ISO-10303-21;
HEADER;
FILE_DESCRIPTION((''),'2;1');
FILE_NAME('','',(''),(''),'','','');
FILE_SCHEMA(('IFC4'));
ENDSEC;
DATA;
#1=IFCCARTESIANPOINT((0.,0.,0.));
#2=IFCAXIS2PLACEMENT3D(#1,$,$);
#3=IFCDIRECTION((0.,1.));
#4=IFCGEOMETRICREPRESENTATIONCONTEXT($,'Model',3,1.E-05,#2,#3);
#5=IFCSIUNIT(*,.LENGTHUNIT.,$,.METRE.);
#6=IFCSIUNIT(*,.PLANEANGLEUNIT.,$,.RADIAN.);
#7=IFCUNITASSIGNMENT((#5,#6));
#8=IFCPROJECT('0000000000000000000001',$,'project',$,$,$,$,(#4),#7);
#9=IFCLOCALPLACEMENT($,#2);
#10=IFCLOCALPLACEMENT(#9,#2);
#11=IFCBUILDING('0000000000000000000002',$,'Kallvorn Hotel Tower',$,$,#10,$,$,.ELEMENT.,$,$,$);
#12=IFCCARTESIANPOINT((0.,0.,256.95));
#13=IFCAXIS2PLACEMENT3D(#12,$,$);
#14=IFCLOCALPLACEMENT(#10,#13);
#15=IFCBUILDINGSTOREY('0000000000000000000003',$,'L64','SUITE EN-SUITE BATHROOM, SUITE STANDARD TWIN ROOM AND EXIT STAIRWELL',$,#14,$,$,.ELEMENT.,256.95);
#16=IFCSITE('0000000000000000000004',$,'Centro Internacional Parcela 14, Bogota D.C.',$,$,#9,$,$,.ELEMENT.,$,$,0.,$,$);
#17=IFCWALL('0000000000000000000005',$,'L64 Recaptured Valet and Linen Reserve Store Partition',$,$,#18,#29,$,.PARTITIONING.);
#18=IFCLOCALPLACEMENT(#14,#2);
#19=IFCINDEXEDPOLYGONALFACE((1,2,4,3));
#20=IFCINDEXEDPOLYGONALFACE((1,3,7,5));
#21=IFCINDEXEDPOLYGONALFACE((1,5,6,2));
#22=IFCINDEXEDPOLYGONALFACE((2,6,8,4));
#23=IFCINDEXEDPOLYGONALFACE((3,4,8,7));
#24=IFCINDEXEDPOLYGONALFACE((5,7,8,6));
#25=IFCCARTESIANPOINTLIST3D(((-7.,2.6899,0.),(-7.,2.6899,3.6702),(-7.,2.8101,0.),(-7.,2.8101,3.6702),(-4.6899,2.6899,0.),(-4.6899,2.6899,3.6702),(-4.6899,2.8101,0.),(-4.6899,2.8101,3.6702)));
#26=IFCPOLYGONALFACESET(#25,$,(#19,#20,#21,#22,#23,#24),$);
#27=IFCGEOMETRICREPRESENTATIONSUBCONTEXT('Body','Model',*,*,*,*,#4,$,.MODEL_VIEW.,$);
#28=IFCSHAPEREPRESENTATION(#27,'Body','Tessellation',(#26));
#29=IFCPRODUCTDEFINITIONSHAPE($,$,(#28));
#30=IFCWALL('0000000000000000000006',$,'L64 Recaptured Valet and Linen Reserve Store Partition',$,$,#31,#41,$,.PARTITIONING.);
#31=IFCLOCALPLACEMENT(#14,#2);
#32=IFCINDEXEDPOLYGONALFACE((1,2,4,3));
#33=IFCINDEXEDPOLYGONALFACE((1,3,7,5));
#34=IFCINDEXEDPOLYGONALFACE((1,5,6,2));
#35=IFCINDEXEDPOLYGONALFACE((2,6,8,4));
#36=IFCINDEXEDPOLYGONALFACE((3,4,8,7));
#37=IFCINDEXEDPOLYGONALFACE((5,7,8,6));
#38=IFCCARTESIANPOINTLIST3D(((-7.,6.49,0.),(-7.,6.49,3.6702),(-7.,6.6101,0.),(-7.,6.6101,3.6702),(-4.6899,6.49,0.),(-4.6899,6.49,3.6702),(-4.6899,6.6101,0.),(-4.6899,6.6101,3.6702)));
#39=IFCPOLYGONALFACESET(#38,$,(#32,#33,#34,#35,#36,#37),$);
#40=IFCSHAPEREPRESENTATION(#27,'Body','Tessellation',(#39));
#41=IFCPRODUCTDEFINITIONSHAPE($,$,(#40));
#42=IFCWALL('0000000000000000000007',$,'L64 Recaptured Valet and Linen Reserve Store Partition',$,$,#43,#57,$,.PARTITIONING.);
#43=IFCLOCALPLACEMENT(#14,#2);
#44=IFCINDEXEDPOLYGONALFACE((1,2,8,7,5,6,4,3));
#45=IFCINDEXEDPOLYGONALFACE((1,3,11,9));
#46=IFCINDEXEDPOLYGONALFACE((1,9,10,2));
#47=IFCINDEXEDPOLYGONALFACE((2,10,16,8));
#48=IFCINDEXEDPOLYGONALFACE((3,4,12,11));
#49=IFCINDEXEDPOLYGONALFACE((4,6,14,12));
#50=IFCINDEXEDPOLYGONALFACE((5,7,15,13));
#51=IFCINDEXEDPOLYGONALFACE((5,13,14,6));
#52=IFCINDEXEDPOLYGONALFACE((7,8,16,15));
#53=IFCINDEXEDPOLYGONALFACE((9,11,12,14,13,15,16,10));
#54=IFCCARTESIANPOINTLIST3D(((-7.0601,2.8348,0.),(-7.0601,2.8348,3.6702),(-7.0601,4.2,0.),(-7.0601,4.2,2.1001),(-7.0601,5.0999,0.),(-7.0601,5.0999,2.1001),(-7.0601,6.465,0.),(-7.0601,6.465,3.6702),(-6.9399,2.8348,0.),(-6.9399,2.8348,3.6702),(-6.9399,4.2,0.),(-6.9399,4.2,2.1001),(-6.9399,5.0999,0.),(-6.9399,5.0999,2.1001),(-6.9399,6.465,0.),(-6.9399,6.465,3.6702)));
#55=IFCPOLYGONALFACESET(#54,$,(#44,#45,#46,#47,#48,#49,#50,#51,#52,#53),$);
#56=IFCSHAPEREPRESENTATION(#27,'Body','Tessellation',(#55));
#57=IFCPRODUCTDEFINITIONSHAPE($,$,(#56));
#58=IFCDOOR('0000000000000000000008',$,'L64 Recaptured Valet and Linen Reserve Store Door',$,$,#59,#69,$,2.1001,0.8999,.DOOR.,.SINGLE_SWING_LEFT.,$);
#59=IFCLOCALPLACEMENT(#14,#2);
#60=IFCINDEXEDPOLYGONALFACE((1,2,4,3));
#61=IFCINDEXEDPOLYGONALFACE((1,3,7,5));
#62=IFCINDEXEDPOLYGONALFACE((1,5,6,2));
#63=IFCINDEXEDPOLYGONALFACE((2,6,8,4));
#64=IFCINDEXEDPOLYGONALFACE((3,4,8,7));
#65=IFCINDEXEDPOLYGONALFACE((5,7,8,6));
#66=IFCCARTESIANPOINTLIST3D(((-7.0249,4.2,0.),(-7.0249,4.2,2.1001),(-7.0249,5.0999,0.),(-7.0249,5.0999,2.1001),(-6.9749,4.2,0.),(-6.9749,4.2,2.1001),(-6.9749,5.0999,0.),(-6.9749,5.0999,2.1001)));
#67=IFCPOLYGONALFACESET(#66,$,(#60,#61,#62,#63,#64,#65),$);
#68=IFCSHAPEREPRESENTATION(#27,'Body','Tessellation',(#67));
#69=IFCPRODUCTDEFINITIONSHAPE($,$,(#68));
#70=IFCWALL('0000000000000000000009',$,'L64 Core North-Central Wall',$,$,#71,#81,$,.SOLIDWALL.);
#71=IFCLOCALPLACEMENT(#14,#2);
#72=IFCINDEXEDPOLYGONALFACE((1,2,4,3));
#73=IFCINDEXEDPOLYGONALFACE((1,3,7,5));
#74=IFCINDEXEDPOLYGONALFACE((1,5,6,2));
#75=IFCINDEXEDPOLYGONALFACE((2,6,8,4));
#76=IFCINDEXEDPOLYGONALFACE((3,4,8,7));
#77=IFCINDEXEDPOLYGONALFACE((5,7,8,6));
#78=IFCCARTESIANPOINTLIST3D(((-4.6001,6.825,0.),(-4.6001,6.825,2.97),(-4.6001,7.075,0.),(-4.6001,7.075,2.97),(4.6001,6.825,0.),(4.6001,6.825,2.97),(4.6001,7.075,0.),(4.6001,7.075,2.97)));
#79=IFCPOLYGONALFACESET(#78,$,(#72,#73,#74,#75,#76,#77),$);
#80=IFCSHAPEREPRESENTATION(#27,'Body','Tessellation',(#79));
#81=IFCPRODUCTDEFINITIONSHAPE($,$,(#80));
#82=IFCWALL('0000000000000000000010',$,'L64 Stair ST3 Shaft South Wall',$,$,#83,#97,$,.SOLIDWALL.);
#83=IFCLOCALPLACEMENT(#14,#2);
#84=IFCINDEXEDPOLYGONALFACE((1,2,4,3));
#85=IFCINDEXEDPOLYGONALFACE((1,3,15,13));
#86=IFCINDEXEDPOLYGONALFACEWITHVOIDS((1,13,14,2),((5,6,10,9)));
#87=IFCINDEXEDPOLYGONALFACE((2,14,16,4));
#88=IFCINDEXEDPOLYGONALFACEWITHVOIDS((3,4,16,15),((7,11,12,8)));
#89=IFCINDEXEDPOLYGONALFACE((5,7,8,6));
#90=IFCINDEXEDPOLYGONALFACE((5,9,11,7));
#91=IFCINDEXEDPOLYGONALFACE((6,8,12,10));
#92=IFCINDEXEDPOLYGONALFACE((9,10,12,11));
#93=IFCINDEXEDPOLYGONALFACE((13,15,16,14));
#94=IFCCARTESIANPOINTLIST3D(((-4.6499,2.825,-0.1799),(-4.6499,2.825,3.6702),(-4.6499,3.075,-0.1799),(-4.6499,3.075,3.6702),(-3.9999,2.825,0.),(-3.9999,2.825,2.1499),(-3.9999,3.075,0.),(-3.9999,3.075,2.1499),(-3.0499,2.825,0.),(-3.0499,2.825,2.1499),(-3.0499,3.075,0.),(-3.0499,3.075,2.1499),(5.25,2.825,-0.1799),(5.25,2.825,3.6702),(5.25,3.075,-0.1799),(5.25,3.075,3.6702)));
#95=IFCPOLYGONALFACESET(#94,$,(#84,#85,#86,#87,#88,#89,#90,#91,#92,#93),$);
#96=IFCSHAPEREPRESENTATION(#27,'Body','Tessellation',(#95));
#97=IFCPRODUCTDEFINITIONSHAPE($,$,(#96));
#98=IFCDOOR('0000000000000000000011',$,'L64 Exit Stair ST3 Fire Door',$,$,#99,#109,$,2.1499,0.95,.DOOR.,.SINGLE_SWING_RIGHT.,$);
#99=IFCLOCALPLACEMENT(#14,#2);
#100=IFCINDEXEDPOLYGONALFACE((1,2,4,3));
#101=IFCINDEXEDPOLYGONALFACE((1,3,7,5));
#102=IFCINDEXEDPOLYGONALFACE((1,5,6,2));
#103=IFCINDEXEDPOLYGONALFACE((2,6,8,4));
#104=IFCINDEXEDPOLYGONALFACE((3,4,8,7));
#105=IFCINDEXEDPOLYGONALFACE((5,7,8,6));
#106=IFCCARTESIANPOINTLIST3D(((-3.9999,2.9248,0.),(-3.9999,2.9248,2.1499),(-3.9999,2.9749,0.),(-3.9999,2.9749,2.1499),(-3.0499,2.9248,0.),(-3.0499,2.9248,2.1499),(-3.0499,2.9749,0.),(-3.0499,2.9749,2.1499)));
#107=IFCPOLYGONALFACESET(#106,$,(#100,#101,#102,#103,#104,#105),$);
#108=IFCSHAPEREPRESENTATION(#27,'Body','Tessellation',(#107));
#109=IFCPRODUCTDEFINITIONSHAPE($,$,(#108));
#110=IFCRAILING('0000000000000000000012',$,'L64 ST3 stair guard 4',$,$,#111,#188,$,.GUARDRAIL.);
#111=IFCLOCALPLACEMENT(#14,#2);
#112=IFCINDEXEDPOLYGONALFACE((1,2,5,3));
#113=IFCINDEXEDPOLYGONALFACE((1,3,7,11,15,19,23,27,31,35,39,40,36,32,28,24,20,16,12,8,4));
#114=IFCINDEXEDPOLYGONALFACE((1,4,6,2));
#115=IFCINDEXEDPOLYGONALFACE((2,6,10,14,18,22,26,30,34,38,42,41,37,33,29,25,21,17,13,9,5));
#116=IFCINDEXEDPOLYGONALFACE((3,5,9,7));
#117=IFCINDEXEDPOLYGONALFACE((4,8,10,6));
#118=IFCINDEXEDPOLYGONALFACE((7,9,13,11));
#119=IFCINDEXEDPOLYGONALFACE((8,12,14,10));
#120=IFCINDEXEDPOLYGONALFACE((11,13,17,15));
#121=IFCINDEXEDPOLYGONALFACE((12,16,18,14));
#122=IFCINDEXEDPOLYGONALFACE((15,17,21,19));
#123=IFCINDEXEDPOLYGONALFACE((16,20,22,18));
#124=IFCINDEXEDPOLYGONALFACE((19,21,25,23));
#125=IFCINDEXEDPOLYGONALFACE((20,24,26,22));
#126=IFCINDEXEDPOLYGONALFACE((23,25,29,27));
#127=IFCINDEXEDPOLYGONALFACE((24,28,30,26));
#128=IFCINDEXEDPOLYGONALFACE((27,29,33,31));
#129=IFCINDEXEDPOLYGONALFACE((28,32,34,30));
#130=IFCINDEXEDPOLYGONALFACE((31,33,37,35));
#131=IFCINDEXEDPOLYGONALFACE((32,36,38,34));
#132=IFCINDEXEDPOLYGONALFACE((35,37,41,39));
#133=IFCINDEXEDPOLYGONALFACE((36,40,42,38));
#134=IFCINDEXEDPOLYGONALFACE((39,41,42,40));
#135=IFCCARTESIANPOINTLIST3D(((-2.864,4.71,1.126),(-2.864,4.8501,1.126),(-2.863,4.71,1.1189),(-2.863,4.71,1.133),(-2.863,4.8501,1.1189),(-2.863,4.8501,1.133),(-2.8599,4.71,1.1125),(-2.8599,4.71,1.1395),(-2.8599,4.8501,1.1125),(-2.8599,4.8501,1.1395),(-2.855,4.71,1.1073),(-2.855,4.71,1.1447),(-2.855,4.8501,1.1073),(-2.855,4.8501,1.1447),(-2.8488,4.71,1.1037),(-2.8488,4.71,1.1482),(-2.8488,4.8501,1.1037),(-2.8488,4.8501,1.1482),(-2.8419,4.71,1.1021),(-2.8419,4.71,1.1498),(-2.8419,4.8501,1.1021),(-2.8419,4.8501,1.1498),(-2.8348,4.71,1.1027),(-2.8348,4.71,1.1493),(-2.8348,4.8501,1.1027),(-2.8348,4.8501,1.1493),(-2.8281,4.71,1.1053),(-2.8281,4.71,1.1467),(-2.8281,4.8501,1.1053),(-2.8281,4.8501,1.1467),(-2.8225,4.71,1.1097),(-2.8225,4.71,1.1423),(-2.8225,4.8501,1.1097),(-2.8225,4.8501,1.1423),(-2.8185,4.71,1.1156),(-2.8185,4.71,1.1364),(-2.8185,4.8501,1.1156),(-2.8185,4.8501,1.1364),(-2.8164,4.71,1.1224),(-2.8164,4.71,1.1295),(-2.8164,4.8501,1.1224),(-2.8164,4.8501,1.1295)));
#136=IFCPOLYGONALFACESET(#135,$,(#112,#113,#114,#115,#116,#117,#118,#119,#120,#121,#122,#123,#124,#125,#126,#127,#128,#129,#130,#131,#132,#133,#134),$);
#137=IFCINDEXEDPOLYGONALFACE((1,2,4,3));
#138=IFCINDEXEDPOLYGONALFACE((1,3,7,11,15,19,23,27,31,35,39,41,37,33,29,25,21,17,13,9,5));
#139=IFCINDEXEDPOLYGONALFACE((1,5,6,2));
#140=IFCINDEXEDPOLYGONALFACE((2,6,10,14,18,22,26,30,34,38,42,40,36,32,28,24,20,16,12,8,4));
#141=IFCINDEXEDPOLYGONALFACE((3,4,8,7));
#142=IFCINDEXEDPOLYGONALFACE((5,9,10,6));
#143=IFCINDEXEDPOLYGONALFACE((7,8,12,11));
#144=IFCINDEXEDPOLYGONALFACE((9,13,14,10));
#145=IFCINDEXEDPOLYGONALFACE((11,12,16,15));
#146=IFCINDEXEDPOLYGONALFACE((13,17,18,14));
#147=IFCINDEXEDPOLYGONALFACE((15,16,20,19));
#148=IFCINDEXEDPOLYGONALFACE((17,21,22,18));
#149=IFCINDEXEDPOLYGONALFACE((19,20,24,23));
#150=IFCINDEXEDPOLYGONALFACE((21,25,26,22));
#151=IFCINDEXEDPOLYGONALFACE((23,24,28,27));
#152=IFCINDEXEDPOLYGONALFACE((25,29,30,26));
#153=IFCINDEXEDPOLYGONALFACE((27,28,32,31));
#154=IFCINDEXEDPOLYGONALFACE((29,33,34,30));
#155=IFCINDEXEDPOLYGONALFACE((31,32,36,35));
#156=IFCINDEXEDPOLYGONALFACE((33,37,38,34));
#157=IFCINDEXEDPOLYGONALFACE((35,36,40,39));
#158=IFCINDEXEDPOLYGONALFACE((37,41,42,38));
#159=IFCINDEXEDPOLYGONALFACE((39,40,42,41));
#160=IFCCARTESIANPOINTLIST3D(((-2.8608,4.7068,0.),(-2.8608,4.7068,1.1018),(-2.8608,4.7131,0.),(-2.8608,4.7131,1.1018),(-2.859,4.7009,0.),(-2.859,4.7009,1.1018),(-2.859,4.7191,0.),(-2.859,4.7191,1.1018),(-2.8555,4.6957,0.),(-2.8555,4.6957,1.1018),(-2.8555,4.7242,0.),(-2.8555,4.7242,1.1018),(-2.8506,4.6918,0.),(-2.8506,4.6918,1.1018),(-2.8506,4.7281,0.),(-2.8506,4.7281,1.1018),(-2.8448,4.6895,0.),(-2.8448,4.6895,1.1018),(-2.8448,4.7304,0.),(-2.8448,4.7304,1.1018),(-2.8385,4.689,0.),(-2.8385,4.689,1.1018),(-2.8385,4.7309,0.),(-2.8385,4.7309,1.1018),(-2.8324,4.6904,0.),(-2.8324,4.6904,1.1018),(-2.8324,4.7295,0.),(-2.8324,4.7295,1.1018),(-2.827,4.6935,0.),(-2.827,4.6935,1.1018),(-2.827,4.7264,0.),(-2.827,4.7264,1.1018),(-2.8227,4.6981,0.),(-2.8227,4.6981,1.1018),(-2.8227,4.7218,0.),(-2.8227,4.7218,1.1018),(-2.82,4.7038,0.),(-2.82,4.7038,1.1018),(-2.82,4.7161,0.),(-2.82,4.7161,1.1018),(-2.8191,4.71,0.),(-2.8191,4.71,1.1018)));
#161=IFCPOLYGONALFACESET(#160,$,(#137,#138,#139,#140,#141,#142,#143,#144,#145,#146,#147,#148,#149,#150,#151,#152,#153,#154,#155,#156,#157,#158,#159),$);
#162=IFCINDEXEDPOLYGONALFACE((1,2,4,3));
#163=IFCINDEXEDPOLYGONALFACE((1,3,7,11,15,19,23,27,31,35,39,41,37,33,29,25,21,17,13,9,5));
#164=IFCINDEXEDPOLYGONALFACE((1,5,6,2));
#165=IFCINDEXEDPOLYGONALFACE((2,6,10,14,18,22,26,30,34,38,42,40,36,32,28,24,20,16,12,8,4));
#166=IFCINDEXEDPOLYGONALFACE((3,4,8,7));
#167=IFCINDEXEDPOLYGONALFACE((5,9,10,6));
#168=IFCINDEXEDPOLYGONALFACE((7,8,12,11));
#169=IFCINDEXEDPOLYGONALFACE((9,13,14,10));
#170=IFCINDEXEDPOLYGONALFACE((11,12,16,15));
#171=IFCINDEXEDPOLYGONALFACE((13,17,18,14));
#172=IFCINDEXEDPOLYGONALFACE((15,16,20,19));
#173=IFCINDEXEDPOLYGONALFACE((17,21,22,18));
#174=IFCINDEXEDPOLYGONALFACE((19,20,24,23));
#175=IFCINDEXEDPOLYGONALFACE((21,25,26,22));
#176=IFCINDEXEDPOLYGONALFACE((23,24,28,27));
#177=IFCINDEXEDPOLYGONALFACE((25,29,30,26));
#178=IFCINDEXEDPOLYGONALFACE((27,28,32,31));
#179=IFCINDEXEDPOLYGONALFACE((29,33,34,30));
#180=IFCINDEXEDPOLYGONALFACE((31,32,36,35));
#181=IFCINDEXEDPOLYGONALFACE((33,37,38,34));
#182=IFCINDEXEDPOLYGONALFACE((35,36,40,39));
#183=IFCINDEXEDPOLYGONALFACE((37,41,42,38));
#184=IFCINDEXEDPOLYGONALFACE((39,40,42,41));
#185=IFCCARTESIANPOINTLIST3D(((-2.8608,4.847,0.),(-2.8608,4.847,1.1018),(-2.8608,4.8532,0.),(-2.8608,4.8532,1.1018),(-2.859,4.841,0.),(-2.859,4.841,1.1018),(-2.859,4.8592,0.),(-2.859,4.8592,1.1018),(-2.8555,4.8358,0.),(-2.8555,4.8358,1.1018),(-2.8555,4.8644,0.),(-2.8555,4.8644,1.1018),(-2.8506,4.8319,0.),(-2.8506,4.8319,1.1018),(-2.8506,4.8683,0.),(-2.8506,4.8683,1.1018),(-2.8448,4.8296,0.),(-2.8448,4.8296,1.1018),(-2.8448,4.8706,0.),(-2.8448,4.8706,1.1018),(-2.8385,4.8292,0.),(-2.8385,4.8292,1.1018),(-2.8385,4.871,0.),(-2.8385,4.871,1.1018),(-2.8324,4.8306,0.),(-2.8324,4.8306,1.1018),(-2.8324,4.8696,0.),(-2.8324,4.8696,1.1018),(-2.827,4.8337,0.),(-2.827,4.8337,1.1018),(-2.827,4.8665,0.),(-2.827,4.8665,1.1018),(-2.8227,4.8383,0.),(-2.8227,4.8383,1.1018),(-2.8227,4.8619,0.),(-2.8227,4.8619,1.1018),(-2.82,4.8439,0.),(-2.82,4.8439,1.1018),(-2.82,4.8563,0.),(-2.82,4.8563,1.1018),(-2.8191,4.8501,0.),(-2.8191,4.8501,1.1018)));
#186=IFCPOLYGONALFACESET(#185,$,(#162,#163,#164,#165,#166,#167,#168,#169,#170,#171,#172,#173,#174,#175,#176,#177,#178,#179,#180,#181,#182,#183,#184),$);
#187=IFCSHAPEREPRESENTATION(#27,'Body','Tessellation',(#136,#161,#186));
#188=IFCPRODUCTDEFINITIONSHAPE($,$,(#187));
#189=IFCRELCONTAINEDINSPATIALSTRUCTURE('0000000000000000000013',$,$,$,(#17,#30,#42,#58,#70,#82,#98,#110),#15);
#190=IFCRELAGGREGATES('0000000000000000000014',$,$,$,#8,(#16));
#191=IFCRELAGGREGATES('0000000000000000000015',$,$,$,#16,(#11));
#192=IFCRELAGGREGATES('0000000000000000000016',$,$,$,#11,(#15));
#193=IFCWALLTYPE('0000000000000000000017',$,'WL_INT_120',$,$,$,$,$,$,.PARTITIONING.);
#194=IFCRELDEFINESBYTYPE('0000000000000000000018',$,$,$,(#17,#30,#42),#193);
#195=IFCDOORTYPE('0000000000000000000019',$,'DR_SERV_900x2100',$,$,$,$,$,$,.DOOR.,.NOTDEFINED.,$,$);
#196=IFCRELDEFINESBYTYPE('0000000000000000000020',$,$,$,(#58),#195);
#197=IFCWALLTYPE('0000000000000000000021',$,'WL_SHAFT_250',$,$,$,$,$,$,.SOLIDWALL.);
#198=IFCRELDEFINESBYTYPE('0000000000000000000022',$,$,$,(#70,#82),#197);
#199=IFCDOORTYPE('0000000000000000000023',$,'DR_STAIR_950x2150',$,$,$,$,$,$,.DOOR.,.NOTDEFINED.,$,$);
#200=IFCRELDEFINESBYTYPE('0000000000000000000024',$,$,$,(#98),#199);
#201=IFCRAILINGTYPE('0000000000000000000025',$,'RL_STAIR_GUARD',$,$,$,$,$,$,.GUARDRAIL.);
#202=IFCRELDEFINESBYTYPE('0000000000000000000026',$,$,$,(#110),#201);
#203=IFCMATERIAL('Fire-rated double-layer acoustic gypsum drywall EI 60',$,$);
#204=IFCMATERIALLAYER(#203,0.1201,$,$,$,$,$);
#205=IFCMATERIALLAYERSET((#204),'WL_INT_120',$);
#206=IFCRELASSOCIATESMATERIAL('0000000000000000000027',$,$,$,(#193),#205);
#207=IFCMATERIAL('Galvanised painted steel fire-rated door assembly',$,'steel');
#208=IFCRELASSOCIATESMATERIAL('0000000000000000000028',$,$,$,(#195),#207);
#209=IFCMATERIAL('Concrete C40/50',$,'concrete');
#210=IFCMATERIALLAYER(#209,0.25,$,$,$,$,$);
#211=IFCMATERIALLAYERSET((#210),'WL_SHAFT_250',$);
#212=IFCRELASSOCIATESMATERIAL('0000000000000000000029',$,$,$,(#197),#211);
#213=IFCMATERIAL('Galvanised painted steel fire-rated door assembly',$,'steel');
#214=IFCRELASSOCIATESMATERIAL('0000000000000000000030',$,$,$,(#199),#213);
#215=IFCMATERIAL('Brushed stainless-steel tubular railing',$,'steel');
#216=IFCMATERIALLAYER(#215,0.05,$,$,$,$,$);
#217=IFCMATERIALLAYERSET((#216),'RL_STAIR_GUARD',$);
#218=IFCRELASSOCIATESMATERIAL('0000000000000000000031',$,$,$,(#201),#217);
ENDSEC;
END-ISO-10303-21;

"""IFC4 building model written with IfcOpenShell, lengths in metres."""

from ifc_helpers import new_model, si_unit, direction, frame, frame_2d, origin, origin_2d, place, context, subcontext, project, spatial, rectangle, circle, extrude, material, layer, layer_set, type_object, element, fill, save


model = new_model("IFC4")

# Units and contexts
model_context = context("Model", 3, precision=1e-05, world=origin(), true_north=direction((0.0, 1.0)))
body_context = subcontext(model_context, "Body", "Model", "MODEL_VIEW")
ifc_project = project(units=[si_unit("LENGTHUNIT", "METRE"), si_unit("PLANEANGLEUNIT", "RADIAN")], contexts=[model_context])

# Site, building, storey
site_placement = place(None, origin())
site = spatial("IfcSite", under=ifc_project, at=site_placement, Name="Centro Internacional Parcela 14, Bogota D.C.", CompositionType="ELEMENT", RefElevation=0.0)
building_placement = place(site_placement, origin())
building = spatial("IfcBuilding", under=site, at=building_placement, Name="Kallvorn Hotel Tower", CompositionType="ELEMENT")
storey_placement = place(building_placement, frame((0.0, 0.0, 256.95)))
storey = spatial("IfcBuildingStorey", under=building, at=storey_placement, Name="L64", Description="SUITE EN-SUITE BATHROOM, SUITE STANDARD TWIN ROOM AND EXIT STAIRWELL", CompositionType="ELEMENT", Elevation=256.95)

# Walls
ifc_material_1 = material(Name="Fire-rated double-layer acoustic gypsum drywall EI 60")
ifc_layer_1 = layer(ifc_material_1, 0.1201)
ifc_layer_set_1 = layer_set([ifc_layer_1], Name="WL_INT_120")
wall_type_1 = type_object("IfcWallType", Name="WL_INT_120", PredefinedType="PARTITIONING", material=ifc_layer_set_1)
for number, where, z_axis, x_axis, name in (
    (1, (-7.0, 2.75, 0.0), (0.0, 0.0, 1.0), (1.0, 0.0, 0.0), "L64 Recaptured Valet and Linen Reserve Store Partition"),
    (2, (-7.0, 6.55, 0.0), (0.0, 0.0, 1.0), (1.0, 0.0, 0.0), "L64 Recaptured Valet and Linen Reserve Store Partition"),
):
    element("IfcWall", number, at=place(storey_placement, frame(where, z_axis=z_axis, x_axis=x_axis)), inside=storey, type_object=wall_type_1, Name=name, PredefinedType="PARTITIONING", context=body_context, shape_type="SweptSolid", body=[
        extrude(rectangle(XDim=2.3101, YDim=0.1201, at=frame_2d((1.155, 0.0))), origin(), (0.0, 0.0, 1.0), 3.6702),
    ])

# Wall, opening, door
wall_1_placement = place(storey_placement, frame((-7.0, 2.835, 0.0), z_axis=(0.0, 0.0, 1.0), x_axis=(0.0, 1.0, 0.0)))
wall_1 = element("IfcWall", 3, at=wall_1_placement, inside=storey, type_object=wall_type_1, Name="L64 Recaptured Valet and Linen Reserve Store Partition", PredefinedType="PARTITIONING", context=body_context, shape_type="SweptSolid", body=[
    extrude(rectangle(XDim=3.6301, YDim=0.1201, at=frame_2d((1.8149, 0.0))), origin(), (0.0, 0.0, 1.0), 3.6702),
])
opening_1_placement = place(wall_1_placement, frame((1.365, 0.0, 0.0)))
opening_1 = element("IfcOpeningElement", 4, at=opening_1_placement, cuts=wall_1, PredefinedType="OPENING", context=body_context, shape_type="SweptSolid", body=[
    extrude(rectangle(XDim=0.8999, YDim=2.1001, at=frame_2d((0.45, 1.05))), frame((0.0, 0.075, 0.0), z_axis=(0.0, -1.0, 0.0), x_axis=(1.0, 0.0, 0.0)), (0.0, 0.0, 1.0), 0.1501),
])
ifc_material_2 = material(Name="Galvanised painted steel fire-rated door assembly", Category="steel")
door_type_1 = type_object("IfcDoorType", Name="DR_SERV_900x2100", OperationType="NOTDEFINED", PredefinedType="DOOR", material=ifc_material_2)
door_1_placement = place(opening_1_placement, origin())
door_1 = element("IfcDoor", 5, at=door_1_placement, inside=storey, type_object=door_type_1, Name="L64 Recaptured Valet and Linen Reserve Store Door", OperationType="SINGLE_SWING_LEFT", OverallHeight=2.1001, OverallWidth=0.8999, PredefinedType="DOOR", context=body_context, shape_type="SweptSolid", body=[
    extrude(rectangle(XDim=0.8999, YDim=2.1001, at=frame_2d((0.45, 1.05))), frame((0.0, 0.0249, 0.0), z_axis=(0.0, -1.0, 0.0), x_axis=(1.0, 0.0, 0.0)), (0.0, 0.0, 1.0), 0.05),
])
fill(opening_1, door_1)

# Wall
ifc_material_3 = material(Name="Concrete C40/50", Category="concrete")
ifc_layer_2 = layer(ifc_material_3, 0.25)
ifc_layer_set_2 = layer_set([ifc_layer_2], Name="WL_SHAFT_250")
wall_type_2 = type_object("IfcWallType", Name="WL_SHAFT_250", PredefinedType="SOLIDWALL", material=ifc_layer_set_2)
wall_2_placement = place(storey_placement, frame((-4.6001, 6.95, 0.0), z_axis=(0.0, 0.0, 1.0), x_axis=(1.0, 0.0, 0.0)))
element("IfcWall", 6, at=wall_2_placement, inside=storey, type_object=wall_type_2, Name="L64 Core North-Central Wall", PredefinedType="SOLIDWALL", context=body_context, shape_type="SweptSolid", body=[
    extrude(rectangle(XDim=9.2002, YDim=0.25, at=frame_2d((4.6001, 0.0))), origin(), (0.0, 0.0, 1.0), 2.97),
])

# Wall, opening, door
wall_3_placement = place(storey_placement, frame((-4.6499, 2.95, -0.1799), z_axis=(0.0, 0.0, 1.0), x_axis=(1.0, 0.0, 0.0)))
wall_3 = element("IfcWall", 7, at=wall_3_placement, inside=storey, type_object=wall_type_2, Name="L64 Stair ST3 Shaft South Wall", PredefinedType="SOLIDWALL", context=body_context, shape_type="SweptSolid", body=[
    extrude(rectangle(XDim=9.8999, YDim=0.25, at=frame_2d((4.95, 0.0))), origin(), (0.0, 0.0, 1.0), 3.8501),
])
opening_2_placement = place(wall_3_placement, frame((0.6499, 0.0, 0.1799)))
opening_2 = element("IfcOpeningElement", 8, at=opening_2_placement, cuts=wall_3, PredefinedType="OPENING", context=body_context, shape_type="SweptSolid", body=[
    extrude(rectangle(XDim=0.95, YDim=2.1499, at=frame_2d((0.4751, 1.075))), frame((0.0, 0.1399, 0.0), z_axis=(0.0, -1.0, 0.0), x_axis=(1.0, 0.0, 0.0)), (0.0, 0.0, 1.0), 0.28),
])
ifc_material_4 = material(Name="Galvanised painted steel fire-rated door assembly", Category="steel")
door_type_2 = type_object("IfcDoorType", Name="DR_STAIR_950x2150", OperationType="NOTDEFINED", PredefinedType="DOOR", material=ifc_material_4)
door_2_placement = place(opening_2_placement, origin())
door_2 = element("IfcDoor", 9, at=door_2_placement, inside=storey, type_object=door_type_2, Name="L64 Exit Stair ST3 Fire Door", OperationType="SINGLE_SWING_RIGHT", OverallHeight=2.1499, OverallWidth=0.95, PredefinedType="DOOR", context=body_context, shape_type="SweptSolid", body=[
    extrude(rectangle(XDim=0.95, YDim=2.1499, at=frame_2d((0.4751, 1.075))), frame((0.0, 0.0249, 0.0), z_axis=(0.0, -1.0, 0.0), x_axis=(1.0, 0.0, 0.0)), (0.0, 0.0, 1.0), 0.05),
])
fill(opening_2, door_2)

# Railing
ifc_material_5 = material(Name="Brushed stainless-steel tubular railing", Category="steel")
ifc_layer_3 = layer(ifc_material_5, 0.05)
ifc_layer_set_3 = layer_set([ifc_layer_3], Name="RL_STAIR_GUARD")
railing_type = type_object("IfcRailingType", Name="RL_STAIR_GUARD", PredefinedType="GUARDRAIL", material=ifc_layer_set_3)
railing_placement = place(storey_placement, frame((-2.8401, 4.71, 0.0)))
element("IfcRailing", 10, at=railing_placement, inside=storey, type_object=railing_type, Name="L64 ST3 stair guard 4", PredefinedType="GUARDRAIL", context=body_context, shape_type="SweptSolid", body=[
    extrude(circle(Radius=0.0239, at=origin_2d()), frame((0.0, 0.0, 1.126), z_axis=(0.0, 1.0, 0.0), x_axis=(-1.0, 0.0, 0.0)), (0.0, 0.0, 1.0), 0.1401),
    extrude(circle(Radius=0.021, at=origin_2d()), origin(), (0.0, 0.0, 1.0), 1.1018),
    extrude(circle(Radius=0.021, at=origin_2d()), frame((0.0, 0.1401, 0.0)), (0.0, 0.0, 1.0), 1.1018),
])

save(model, "model.ifc")
